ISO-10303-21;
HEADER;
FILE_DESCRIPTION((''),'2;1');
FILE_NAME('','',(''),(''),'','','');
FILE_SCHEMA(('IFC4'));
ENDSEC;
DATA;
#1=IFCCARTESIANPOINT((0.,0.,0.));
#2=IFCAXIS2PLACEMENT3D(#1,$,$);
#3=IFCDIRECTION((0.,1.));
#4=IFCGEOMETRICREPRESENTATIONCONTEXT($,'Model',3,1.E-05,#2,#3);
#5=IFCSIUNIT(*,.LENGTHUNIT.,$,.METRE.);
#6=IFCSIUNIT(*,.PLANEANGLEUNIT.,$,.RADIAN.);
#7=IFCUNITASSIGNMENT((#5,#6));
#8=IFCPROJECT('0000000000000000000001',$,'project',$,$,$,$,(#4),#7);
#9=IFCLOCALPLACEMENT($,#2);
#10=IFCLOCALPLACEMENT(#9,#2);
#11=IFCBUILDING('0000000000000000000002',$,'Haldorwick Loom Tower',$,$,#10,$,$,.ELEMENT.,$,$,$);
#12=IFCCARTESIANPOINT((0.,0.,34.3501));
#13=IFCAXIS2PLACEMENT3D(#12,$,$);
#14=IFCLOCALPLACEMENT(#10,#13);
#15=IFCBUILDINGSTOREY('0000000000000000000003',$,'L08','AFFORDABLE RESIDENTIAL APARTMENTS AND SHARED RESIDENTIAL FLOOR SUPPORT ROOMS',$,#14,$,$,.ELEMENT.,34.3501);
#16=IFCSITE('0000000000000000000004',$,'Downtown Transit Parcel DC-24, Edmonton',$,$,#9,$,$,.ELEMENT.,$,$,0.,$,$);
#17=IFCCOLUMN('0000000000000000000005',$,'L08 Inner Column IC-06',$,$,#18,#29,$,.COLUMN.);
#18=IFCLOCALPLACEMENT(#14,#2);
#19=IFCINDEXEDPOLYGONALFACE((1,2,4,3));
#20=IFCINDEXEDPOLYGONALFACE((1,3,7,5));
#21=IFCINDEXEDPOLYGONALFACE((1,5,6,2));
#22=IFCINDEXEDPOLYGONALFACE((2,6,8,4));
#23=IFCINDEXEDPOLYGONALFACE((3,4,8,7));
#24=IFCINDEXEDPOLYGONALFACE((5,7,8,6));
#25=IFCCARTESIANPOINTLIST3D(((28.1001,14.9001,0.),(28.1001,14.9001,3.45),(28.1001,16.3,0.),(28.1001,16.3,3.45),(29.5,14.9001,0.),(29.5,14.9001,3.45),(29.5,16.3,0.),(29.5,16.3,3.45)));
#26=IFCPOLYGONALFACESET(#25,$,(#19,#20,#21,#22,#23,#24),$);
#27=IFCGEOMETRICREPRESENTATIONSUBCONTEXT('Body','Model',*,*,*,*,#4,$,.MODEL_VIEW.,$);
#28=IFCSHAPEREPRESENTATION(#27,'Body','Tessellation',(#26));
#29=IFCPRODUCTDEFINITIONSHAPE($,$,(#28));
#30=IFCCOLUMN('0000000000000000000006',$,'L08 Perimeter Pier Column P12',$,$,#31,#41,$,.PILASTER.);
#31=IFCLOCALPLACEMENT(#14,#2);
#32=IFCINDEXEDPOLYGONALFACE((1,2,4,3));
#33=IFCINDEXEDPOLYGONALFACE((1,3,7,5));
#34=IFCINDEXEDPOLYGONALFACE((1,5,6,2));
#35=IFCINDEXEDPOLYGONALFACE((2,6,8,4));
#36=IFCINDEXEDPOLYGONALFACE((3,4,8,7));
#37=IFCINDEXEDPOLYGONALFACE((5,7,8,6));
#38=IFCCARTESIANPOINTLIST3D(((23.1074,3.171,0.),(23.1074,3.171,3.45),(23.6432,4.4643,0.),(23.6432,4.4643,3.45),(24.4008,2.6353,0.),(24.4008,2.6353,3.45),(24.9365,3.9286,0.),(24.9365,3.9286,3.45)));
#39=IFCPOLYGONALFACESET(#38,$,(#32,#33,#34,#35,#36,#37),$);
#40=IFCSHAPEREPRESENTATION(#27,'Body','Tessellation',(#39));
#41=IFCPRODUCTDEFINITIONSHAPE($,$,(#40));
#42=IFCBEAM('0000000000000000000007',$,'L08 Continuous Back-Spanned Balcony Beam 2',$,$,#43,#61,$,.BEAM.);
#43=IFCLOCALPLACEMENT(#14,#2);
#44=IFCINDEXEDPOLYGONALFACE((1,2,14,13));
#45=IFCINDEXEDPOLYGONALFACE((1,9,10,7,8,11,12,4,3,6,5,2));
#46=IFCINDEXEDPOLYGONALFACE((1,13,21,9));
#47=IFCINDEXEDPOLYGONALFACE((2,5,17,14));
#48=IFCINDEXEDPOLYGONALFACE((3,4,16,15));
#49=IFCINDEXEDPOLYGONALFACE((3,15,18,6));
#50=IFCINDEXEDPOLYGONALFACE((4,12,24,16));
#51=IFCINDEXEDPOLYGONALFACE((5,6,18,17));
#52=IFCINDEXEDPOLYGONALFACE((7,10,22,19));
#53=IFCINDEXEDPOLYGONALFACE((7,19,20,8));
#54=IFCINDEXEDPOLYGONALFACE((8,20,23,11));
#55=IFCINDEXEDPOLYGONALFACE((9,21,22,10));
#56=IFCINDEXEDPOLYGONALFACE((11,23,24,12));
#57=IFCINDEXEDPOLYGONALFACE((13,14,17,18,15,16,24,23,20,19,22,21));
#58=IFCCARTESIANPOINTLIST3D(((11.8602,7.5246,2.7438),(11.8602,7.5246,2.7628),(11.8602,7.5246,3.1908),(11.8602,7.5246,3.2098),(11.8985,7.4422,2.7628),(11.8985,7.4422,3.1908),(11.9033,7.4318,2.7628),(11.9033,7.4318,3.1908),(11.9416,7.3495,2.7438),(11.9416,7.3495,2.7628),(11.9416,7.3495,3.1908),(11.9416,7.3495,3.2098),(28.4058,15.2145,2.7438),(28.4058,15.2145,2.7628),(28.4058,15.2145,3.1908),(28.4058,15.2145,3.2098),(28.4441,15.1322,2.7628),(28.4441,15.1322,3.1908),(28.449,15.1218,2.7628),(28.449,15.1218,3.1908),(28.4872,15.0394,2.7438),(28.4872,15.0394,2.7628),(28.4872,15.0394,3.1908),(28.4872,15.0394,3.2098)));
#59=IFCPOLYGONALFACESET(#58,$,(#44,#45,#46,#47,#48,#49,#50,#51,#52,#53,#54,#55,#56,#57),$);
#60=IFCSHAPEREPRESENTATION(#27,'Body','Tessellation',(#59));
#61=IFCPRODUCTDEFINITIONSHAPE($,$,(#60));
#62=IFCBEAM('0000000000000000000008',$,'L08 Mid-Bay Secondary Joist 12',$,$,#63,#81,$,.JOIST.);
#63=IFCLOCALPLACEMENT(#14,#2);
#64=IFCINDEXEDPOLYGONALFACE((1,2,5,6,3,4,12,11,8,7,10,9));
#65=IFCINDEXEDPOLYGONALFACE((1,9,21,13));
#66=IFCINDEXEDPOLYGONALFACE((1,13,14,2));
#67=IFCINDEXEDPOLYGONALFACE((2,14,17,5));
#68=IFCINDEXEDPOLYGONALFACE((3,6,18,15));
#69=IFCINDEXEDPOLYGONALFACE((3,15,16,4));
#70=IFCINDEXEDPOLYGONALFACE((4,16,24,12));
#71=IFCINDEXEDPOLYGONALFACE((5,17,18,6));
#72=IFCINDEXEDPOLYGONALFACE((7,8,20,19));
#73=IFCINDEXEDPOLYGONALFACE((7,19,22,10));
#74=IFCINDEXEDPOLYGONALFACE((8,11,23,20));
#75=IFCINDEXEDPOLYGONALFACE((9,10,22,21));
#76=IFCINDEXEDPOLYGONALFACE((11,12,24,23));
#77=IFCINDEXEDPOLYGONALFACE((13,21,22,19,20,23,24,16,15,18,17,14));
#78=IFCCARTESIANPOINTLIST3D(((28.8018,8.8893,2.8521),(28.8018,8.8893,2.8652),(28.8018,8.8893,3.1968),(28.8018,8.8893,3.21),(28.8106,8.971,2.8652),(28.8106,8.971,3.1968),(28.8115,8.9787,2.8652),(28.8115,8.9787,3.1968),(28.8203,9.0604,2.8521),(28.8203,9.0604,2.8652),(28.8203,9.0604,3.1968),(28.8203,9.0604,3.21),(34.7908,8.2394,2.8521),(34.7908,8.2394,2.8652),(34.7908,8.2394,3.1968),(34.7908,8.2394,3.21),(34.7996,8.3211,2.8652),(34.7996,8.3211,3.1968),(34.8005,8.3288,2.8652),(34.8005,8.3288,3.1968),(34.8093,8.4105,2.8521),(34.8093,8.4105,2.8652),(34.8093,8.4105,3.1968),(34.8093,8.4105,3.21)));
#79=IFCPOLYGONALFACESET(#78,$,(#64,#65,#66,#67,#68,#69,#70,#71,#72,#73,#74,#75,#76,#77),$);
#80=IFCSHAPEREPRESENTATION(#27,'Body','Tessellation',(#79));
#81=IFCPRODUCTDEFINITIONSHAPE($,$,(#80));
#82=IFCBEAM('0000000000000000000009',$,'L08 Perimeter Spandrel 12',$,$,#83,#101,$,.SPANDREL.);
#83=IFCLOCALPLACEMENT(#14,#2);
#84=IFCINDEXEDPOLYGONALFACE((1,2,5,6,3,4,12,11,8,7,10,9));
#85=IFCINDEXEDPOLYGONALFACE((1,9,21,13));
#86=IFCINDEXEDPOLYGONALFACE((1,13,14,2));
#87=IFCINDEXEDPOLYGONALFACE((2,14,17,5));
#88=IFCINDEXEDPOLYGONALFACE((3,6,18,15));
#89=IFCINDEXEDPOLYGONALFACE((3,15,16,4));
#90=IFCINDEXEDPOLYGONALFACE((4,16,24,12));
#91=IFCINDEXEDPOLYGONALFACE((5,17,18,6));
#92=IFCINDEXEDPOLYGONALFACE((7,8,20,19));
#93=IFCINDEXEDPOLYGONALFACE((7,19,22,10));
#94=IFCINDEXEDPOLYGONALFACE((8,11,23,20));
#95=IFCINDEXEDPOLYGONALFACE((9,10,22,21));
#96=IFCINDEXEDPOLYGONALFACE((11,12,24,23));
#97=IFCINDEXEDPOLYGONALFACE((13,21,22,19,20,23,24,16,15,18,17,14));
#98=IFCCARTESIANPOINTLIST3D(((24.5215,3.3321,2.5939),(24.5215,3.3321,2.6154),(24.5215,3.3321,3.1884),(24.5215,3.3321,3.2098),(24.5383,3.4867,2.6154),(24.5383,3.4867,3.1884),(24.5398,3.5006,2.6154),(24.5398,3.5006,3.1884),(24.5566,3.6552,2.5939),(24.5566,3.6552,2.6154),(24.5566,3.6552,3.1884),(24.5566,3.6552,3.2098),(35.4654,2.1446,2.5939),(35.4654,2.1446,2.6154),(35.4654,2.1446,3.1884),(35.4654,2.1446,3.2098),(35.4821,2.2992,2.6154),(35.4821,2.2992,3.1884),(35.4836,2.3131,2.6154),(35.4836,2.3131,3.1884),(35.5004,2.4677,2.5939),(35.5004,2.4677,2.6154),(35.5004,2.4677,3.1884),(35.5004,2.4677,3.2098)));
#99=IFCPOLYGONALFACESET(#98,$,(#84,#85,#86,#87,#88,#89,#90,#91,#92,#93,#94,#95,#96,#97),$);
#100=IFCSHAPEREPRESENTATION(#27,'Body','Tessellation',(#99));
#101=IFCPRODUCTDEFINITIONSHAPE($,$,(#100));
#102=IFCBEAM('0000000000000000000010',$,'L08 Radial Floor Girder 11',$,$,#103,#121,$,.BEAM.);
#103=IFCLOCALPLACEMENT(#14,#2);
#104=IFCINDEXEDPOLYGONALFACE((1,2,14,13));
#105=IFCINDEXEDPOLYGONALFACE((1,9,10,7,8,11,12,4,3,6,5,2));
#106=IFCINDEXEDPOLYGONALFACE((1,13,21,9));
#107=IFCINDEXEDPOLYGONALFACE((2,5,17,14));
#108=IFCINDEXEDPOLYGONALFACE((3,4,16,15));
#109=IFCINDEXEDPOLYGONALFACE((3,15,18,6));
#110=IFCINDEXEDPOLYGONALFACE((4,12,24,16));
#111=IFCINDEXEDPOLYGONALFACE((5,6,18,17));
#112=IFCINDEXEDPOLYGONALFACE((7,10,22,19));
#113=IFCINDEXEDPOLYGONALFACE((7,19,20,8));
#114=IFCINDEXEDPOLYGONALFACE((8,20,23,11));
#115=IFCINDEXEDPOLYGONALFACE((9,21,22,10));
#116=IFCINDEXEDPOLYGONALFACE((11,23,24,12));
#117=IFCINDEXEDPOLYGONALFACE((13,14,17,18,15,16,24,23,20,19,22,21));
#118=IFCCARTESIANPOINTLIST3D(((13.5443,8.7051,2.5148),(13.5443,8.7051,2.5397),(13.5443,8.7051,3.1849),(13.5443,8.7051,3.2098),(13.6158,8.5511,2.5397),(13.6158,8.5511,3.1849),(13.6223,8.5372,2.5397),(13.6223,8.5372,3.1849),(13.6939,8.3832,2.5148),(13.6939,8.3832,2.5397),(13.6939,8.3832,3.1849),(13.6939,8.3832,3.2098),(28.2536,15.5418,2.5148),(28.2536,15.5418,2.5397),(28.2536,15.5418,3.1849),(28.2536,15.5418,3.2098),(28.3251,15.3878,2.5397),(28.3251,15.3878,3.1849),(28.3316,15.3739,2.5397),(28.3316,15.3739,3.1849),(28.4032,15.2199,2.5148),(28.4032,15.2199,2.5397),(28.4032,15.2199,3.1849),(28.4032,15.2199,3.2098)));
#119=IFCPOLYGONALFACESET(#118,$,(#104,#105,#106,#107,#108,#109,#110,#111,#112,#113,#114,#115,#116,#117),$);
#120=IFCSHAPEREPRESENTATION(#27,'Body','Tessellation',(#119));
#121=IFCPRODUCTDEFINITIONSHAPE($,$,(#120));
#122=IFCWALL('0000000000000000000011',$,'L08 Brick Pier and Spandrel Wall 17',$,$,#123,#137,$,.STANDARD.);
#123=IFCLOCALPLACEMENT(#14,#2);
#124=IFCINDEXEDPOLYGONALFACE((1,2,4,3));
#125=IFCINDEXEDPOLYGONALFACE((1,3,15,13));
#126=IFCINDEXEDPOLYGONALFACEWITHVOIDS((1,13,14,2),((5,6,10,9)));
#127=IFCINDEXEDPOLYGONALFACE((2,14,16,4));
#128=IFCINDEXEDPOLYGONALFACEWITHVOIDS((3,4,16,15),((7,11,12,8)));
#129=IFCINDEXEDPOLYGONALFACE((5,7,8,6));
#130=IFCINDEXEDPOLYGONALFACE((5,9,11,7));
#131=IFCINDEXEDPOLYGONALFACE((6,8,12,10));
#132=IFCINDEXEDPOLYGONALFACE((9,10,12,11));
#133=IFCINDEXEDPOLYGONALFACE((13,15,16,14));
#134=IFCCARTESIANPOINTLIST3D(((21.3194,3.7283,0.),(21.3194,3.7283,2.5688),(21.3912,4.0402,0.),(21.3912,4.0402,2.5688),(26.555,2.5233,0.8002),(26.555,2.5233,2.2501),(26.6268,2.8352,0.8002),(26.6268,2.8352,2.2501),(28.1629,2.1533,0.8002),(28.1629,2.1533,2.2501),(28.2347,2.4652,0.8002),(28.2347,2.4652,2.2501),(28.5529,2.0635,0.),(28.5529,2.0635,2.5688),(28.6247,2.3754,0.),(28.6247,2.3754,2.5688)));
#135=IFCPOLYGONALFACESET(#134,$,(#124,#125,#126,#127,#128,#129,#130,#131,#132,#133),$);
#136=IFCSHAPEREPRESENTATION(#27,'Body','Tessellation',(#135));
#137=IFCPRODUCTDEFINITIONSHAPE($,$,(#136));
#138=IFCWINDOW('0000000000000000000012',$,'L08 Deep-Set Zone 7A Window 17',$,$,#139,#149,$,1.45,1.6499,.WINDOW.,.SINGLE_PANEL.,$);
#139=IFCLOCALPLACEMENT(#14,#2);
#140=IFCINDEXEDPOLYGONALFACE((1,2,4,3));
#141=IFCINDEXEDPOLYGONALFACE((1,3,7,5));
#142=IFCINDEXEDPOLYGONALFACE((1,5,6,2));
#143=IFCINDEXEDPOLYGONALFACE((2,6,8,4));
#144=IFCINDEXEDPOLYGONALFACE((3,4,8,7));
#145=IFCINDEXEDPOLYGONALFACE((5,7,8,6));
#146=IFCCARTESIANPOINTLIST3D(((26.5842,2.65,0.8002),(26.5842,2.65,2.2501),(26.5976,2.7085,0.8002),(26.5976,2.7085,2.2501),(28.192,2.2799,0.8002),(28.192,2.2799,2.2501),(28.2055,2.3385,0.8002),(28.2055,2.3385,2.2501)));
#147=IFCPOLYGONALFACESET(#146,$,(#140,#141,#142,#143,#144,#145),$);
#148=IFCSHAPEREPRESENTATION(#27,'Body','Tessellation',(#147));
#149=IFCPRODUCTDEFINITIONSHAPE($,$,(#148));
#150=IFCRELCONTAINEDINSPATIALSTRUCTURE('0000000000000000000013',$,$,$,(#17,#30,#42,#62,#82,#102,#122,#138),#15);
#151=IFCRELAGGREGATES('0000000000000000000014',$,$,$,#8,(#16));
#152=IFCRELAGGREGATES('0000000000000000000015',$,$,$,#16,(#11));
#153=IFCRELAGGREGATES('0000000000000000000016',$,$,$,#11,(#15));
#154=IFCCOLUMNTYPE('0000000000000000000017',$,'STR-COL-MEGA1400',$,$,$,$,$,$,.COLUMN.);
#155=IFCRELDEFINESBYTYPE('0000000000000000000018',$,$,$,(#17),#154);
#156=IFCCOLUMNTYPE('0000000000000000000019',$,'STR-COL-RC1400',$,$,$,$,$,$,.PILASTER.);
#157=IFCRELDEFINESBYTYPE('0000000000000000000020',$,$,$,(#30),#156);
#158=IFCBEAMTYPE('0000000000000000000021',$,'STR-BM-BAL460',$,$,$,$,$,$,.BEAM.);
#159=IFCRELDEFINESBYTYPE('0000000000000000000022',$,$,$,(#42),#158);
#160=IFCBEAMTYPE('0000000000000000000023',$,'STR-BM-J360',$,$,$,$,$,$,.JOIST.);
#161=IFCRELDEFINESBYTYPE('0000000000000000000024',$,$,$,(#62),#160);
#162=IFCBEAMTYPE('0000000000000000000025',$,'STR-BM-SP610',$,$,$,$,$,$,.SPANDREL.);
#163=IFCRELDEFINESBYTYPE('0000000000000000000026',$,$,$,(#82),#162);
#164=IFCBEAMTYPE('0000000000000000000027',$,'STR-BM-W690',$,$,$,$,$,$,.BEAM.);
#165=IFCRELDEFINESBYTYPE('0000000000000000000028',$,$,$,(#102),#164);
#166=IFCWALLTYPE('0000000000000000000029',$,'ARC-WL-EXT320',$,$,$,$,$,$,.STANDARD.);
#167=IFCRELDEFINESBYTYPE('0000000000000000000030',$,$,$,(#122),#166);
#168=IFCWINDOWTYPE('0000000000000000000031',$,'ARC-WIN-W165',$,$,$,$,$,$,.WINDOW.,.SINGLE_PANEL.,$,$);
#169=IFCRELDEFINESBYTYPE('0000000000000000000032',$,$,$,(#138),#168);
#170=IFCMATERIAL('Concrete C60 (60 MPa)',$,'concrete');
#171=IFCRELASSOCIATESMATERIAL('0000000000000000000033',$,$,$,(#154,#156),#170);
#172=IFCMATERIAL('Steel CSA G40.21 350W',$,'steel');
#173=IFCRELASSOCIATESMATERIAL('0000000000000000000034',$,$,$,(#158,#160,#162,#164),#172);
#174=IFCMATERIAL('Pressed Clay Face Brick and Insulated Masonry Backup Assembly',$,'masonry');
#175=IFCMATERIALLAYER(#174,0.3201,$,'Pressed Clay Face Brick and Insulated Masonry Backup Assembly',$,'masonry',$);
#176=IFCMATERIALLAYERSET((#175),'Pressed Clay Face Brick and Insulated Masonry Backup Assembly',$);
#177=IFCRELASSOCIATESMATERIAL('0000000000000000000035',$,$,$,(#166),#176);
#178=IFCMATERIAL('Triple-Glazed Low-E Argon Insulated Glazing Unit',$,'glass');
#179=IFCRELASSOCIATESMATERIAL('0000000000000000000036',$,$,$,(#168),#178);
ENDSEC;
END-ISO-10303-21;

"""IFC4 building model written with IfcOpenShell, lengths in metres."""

from ifc_helpers import new_model, si_unit, direction, frame, frame_2d, origin, origin_2d, place, context, subcontext, project, spatial, rectangle, i_section, extrude, material, layer, layer_set, material_profile, profile_set, type_object, element, fill, save


model = new_model("IFC4")

# Units and contexts
model_context = context("Model", 3, precision=1e-05, world=origin(), true_north=direction((0.0, 1.0)))
body_context = subcontext(model_context, "Body", "Model", "MODEL_VIEW")
ifc_project = project(units=[si_unit("LENGTHUNIT", "METRE"), si_unit("PLANEANGLEUNIT", "RADIAN")], contexts=[model_context])

# Site, building, storey
site_placement = place(None, origin())
site = spatial("IfcSite", under=ifc_project, at=site_placement, Name="Downtown Transit Parcel DC-24, Edmonton", CompositionType="ELEMENT", RefElevation=0.0)
building_placement = place(site_placement, origin())
building = spatial("IfcBuilding", under=site, at=building_placement, Name="Haldorwick Loom Tower", CompositionType="ELEMENT")
storey_placement = place(building_placement, frame((0.0, 0.0, 34.3501)))
storey = spatial("IfcBuildingStorey", under=building, at=storey_placement, Name="L08", Description="AFFORDABLE RESIDENTIAL APARTMENTS AND SHARED RESIDENTIAL FLOOR SUPPORT ROOMS", CompositionType="ELEMENT", Elevation=34.3501)

# Columns
ifc_material_1 = material(Name="Concrete C60 (60 MPa)", Category="concrete")
ifc_material_profile_1 = material_profile(ifc_material_1, rectangle(XDim=1.3999, YDim=1.3999, at=origin_2d()), Name="RC1400X1400", Category="concrete")
ifc_profile_set_1 = profile_set([ifc_material_profile_1], Name="Concrete C60 (60 MPa)")
column_type_1 = type_object("IfcColumnType", Name="STR-COL-MEGA1400", PredefinedType="COLUMN", material=ifc_profile_set_1)
column_1_placement = place(storey_placement, frame((28.8, 15.6001, 0.0), z_axis=(0.0, 0.0, 1.0), x_axis=(1.0, 0.0, 0.0)))
element("IfcColumn", 1, at=column_1_placement, inside=storey, type_object=column_type_1, Name="L08 Inner Column IC-06", PredefinedType="COLUMN", context=body_context, shape_type="SweptSolid", body=[
    extrude(rectangle(XDim=1.3999, YDim=1.3999, at=origin_2d()), origin(), (0.0, 0.0, 1.0), 3.45),
])
ifc_material_profile_2 = material_profile(ifc_material_1, rectangle(XDim=1.3999, YDim=1.3999, at=origin_2d()), Name="RC1400X1400", Category="concrete")
ifc_profile_set_2 = profile_set([ifc_material_profile_2], Name="Concrete C60 (60 MPa)")
column_type_2 = type_object("IfcColumnType", Name="STR-COL-RC1400", PredefinedType="PILASTER", material=ifc_profile_set_2)
column_2_placement = place(storey_placement, frame((24.022, 3.5498, 0.0), z_axis=(0.0, 0.0, 1.0), x_axis=(-0.382683, -0.92388, 0.0)))
element("IfcColumn", 2, at=column_2_placement, inside=storey, type_object=column_type_2, Name="L08 Perimeter Pier Column P12", PredefinedType="PILASTER", context=body_context, shape_type="SweptSolid", body=[
    extrude(rectangle(XDim=1.3999, YDim=1.3999, at=origin_2d()), origin(), (0.0, 0.0, 1.0), 3.45),
])

# Beams
ifc_material_2 = material(Name="Steel CSA G40.21 350W", Category="steel")
ifc_material_profile_3 = material_profile(ifc_material_2, i_section(OverallWidth=0.1931, OverallDepth=0.4661, WebThickness=0.0115, FlangeThickness=0.019, at=origin_2d()), Name="W460X97", Category="steel")
ifc_profile_set_3 = profile_set([ifc_material_profile_3], Name="Steel CSA G40.21 350W")
beam_type_1 = type_object("IfcBeamType", Name="STR-BM-BAL460", PredefinedType="BEAM", material=ifc_profile_set_3)
beam_1_placement = place(storey_placement, frame((28.4465, 15.127, 2.9768), z_axis=(-0.906841, -0.421473, 0.0), x_axis=(0.421473, -0.906841, 0.0)))
element("IfcBeam", 3, at=beam_1_placement, inside=storey, type_object=beam_type_1, Name="L08 Continuous Back-Spanned Balcony Beam 2", PredefinedType="BEAM", context=body_context, shape_type="SweptSolid", body=[
    extrude(i_section(OverallWidth=0.1931, OverallDepth=0.4661, WebThickness=0.0115, FlangeThickness=0.019, at=origin_2d()), origin(), (0.0, 0.0, 1.0), 18.2454),
])
ifc_material_profile_4 = material_profile(ifc_material_2, i_section(OverallWidth=0.1721, OverallDepth=0.3579, WebThickness=0.0078, FlangeThickness=0.0132, at=origin_2d()), Name="W360X57", Category="steel")
ifc_profile_set_4 = profile_set([ifc_material_profile_4], Name="Steel CSA G40.21 350W")
beam_type_2 = type_object("IfcBeamType", Name="STR-BM-J360", PredefinedType="JOIST", material=ifc_profile_set_4)
beam_2_placement = place(storey_placement, frame((28.811, 8.9749, 3.031), z_axis=(0.994164, -0.107882, 0.0), x_axis=(0.107882, 0.994164, 0.0)))
element("IfcBeam", 4, at=beam_2_placement, inside=storey, type_object=beam_type_2, Name="L08 Mid-Bay Secondary Joist 12", PredefinedType="JOIST", context=body_context, shape_type="SweptSolid", body=[
    extrude(i_section(OverallWidth=0.1721, OverallDepth=0.3579, WebThickness=0.0078, FlangeThickness=0.0132, at=origin_2d()), origin(), (0.0, 0.0, 1.0), 6.0242),
])
ifc_material_profile_5 = material_profile(ifc_material_2, i_section(OverallWidth=0.325, OverallDepth=0.616, WebThickness=0.0139, FlangeThickness=0.0215, at=origin_2d()), Name="W610X174", Category="steel")
ifc_profile_set_5 = profile_set([ifc_material_profile_5], Name="Steel CSA G40.21 350W")
beam_type_3 = type_object("IfcBeamType", Name="STR-BM-SP610", PredefinedType="SPANDREL", material=ifc_profile_set_5)
beam_3_placement = place(storey_placement, frame((24.5391, 3.4937, 2.9019), z_axis=(0.994164, -0.107875, 0.0), x_axis=(0.107875, 0.994164, 0.0)))
element("IfcBeam", 5, at=beam_3_placement, inside=storey, type_object=beam_type_3, Name="L08 Perimeter Spandrel 12", PredefinedType="SPANDREL", context=body_context, shape_type="SweptSolid", body=[
    extrude(i_section(OverallWidth=0.325, OverallDepth=0.616, WebThickness=0.0139, FlangeThickness=0.0215, at=origin_2d()), origin(), (0.0, 0.0, 1.0), 11.0081),
])
ifc_material_profile_6 = material_profile(ifc_material_2, i_section(OverallWidth=0.355, OverallDepth=0.6951, WebThickness=0.0154, FlangeThickness=0.0249, at=origin_2d()), Name="W690X217", Category="steel")
ifc_profile_set_6 = profile_set([ifc_material_profile_6], Name="Steel CSA G40.21 350W")
beam_type_4 = type_object("IfcBeamType", Name="STR-BM-W690", PredefinedType="BEAM", material=ifc_profile_set_6)
beam_4_placement = place(storey_placement, frame((28.3284, 15.3809, 2.8623), z_axis=(-0.906835, -0.421486, 0.0), x_axis=(0.421486, -0.906835, 0.0)))
element("IfcBeam", 6, at=beam_4_placement, inside=storey, type_object=beam_type_4, Name="L08 Radial Floor Girder 11", PredefinedType="BEAM", context=body_context, shape_type="SweptSolid", body=[
    extrude(i_section(OverallWidth=0.355, OverallDepth=0.6951, WebThickness=0.0154, FlangeThickness=0.0249, at=origin_2d()), origin(), (0.0, 0.0, 1.0), 16.2205),
])

# Wall, opening, window
ifc_material_3 = material(Name="Pressed Clay Face Brick and Insulated Masonry Backup Assembly", Category="masonry")
ifc_layer_1 = layer(ifc_material_3, 0.3201, Name="Pressed Clay Face Brick and Insulated Masonry Backup Assembly", Category="masonry")
ifc_layer_set_1 = layer_set([ifc_layer_1], Name="Pressed Clay Face Brick and Insulated Masonry Backup Assembly")
wall_type_1 = type_object("IfcWallType", Name="ARC-WL-EXT320", PredefinedType="STANDARD", material=ifc_layer_set_1)
wall_1_placement = place(storey_placement, frame((21.3552, 3.8843, 0.0), z_axis=(0.0, 0.0, 1.0), x_axis=(0.974522, -0.22429, 0.0)))
wall_1 = element("IfcWall", 7, at=wall_1_placement, inside=storey, type_object=wall_type_1, Name="L08 Brick Pier and Spandrel Wall 17", PredefinedType="STANDARD", context=body_context, shape_type="SweptSolid", body=[
    extrude(rectangle(XDim=7.4226, YDim=0.3201, at=frame_2d((3.7114, 0.0))), origin(), (0.0, 0.0, 1.0), 2.5688),
])
opening_1_placement = place(wall_1_placement, frame((5.3726, 0.0, 0.8)))
opening_1 = element("IfcOpeningElement", 8, at=opening_1_placement, cuts=wall_1, PredefinedType="OPENING", context=body_context, shape_type="SweptSolid", body=[
    extrude(rectangle(XDim=1.6499, YDim=1.45, at=frame_2d((0.825, 0.7251))), frame((0.0, 0.1699, 0.0), z_axis=(0.0, -1.0, 0.0), x_axis=(1.0, 0.0, 0.0)), (0.0, 0.0, 1.0), 0.3401),
])
ifc_material_4 = material(Name="Triple-Glazed Low-E Argon Insulated Glazing Unit", Category="glass")
window_type = type_object("IfcWindowType", Name="ARC-WIN-W165", PartitioningType="SINGLE_PANEL", PredefinedType="WINDOW", material=ifc_material_4)
window_1_placement = place(opening_1_placement, origin())
window_1 = element("IfcWindow", 9, at=window_1_placement, inside=storey, type_object=window_type, Name="L08 Deep-Set Zone 7A Window 17", OverallHeight=1.45, OverallWidth=1.6499, PartitioningType="SINGLE_PANEL", PredefinedType="WINDOW", context=body_context, shape_type="SweptSolid", body=[
    extrude(rectangle(XDim=1.6499, YDim=1.45, at=frame_2d((0.825, 0.7251))), frame((0.0, 0.03, 0.0), z_axis=(0.0, -1.0, 0.0), x_axis=(1.0, 0.0, 0.0)), (0.0, 0.0, 1.0), 0.0601),
])
fill(opening_1, window_1)

save(model, "model.ifc")
